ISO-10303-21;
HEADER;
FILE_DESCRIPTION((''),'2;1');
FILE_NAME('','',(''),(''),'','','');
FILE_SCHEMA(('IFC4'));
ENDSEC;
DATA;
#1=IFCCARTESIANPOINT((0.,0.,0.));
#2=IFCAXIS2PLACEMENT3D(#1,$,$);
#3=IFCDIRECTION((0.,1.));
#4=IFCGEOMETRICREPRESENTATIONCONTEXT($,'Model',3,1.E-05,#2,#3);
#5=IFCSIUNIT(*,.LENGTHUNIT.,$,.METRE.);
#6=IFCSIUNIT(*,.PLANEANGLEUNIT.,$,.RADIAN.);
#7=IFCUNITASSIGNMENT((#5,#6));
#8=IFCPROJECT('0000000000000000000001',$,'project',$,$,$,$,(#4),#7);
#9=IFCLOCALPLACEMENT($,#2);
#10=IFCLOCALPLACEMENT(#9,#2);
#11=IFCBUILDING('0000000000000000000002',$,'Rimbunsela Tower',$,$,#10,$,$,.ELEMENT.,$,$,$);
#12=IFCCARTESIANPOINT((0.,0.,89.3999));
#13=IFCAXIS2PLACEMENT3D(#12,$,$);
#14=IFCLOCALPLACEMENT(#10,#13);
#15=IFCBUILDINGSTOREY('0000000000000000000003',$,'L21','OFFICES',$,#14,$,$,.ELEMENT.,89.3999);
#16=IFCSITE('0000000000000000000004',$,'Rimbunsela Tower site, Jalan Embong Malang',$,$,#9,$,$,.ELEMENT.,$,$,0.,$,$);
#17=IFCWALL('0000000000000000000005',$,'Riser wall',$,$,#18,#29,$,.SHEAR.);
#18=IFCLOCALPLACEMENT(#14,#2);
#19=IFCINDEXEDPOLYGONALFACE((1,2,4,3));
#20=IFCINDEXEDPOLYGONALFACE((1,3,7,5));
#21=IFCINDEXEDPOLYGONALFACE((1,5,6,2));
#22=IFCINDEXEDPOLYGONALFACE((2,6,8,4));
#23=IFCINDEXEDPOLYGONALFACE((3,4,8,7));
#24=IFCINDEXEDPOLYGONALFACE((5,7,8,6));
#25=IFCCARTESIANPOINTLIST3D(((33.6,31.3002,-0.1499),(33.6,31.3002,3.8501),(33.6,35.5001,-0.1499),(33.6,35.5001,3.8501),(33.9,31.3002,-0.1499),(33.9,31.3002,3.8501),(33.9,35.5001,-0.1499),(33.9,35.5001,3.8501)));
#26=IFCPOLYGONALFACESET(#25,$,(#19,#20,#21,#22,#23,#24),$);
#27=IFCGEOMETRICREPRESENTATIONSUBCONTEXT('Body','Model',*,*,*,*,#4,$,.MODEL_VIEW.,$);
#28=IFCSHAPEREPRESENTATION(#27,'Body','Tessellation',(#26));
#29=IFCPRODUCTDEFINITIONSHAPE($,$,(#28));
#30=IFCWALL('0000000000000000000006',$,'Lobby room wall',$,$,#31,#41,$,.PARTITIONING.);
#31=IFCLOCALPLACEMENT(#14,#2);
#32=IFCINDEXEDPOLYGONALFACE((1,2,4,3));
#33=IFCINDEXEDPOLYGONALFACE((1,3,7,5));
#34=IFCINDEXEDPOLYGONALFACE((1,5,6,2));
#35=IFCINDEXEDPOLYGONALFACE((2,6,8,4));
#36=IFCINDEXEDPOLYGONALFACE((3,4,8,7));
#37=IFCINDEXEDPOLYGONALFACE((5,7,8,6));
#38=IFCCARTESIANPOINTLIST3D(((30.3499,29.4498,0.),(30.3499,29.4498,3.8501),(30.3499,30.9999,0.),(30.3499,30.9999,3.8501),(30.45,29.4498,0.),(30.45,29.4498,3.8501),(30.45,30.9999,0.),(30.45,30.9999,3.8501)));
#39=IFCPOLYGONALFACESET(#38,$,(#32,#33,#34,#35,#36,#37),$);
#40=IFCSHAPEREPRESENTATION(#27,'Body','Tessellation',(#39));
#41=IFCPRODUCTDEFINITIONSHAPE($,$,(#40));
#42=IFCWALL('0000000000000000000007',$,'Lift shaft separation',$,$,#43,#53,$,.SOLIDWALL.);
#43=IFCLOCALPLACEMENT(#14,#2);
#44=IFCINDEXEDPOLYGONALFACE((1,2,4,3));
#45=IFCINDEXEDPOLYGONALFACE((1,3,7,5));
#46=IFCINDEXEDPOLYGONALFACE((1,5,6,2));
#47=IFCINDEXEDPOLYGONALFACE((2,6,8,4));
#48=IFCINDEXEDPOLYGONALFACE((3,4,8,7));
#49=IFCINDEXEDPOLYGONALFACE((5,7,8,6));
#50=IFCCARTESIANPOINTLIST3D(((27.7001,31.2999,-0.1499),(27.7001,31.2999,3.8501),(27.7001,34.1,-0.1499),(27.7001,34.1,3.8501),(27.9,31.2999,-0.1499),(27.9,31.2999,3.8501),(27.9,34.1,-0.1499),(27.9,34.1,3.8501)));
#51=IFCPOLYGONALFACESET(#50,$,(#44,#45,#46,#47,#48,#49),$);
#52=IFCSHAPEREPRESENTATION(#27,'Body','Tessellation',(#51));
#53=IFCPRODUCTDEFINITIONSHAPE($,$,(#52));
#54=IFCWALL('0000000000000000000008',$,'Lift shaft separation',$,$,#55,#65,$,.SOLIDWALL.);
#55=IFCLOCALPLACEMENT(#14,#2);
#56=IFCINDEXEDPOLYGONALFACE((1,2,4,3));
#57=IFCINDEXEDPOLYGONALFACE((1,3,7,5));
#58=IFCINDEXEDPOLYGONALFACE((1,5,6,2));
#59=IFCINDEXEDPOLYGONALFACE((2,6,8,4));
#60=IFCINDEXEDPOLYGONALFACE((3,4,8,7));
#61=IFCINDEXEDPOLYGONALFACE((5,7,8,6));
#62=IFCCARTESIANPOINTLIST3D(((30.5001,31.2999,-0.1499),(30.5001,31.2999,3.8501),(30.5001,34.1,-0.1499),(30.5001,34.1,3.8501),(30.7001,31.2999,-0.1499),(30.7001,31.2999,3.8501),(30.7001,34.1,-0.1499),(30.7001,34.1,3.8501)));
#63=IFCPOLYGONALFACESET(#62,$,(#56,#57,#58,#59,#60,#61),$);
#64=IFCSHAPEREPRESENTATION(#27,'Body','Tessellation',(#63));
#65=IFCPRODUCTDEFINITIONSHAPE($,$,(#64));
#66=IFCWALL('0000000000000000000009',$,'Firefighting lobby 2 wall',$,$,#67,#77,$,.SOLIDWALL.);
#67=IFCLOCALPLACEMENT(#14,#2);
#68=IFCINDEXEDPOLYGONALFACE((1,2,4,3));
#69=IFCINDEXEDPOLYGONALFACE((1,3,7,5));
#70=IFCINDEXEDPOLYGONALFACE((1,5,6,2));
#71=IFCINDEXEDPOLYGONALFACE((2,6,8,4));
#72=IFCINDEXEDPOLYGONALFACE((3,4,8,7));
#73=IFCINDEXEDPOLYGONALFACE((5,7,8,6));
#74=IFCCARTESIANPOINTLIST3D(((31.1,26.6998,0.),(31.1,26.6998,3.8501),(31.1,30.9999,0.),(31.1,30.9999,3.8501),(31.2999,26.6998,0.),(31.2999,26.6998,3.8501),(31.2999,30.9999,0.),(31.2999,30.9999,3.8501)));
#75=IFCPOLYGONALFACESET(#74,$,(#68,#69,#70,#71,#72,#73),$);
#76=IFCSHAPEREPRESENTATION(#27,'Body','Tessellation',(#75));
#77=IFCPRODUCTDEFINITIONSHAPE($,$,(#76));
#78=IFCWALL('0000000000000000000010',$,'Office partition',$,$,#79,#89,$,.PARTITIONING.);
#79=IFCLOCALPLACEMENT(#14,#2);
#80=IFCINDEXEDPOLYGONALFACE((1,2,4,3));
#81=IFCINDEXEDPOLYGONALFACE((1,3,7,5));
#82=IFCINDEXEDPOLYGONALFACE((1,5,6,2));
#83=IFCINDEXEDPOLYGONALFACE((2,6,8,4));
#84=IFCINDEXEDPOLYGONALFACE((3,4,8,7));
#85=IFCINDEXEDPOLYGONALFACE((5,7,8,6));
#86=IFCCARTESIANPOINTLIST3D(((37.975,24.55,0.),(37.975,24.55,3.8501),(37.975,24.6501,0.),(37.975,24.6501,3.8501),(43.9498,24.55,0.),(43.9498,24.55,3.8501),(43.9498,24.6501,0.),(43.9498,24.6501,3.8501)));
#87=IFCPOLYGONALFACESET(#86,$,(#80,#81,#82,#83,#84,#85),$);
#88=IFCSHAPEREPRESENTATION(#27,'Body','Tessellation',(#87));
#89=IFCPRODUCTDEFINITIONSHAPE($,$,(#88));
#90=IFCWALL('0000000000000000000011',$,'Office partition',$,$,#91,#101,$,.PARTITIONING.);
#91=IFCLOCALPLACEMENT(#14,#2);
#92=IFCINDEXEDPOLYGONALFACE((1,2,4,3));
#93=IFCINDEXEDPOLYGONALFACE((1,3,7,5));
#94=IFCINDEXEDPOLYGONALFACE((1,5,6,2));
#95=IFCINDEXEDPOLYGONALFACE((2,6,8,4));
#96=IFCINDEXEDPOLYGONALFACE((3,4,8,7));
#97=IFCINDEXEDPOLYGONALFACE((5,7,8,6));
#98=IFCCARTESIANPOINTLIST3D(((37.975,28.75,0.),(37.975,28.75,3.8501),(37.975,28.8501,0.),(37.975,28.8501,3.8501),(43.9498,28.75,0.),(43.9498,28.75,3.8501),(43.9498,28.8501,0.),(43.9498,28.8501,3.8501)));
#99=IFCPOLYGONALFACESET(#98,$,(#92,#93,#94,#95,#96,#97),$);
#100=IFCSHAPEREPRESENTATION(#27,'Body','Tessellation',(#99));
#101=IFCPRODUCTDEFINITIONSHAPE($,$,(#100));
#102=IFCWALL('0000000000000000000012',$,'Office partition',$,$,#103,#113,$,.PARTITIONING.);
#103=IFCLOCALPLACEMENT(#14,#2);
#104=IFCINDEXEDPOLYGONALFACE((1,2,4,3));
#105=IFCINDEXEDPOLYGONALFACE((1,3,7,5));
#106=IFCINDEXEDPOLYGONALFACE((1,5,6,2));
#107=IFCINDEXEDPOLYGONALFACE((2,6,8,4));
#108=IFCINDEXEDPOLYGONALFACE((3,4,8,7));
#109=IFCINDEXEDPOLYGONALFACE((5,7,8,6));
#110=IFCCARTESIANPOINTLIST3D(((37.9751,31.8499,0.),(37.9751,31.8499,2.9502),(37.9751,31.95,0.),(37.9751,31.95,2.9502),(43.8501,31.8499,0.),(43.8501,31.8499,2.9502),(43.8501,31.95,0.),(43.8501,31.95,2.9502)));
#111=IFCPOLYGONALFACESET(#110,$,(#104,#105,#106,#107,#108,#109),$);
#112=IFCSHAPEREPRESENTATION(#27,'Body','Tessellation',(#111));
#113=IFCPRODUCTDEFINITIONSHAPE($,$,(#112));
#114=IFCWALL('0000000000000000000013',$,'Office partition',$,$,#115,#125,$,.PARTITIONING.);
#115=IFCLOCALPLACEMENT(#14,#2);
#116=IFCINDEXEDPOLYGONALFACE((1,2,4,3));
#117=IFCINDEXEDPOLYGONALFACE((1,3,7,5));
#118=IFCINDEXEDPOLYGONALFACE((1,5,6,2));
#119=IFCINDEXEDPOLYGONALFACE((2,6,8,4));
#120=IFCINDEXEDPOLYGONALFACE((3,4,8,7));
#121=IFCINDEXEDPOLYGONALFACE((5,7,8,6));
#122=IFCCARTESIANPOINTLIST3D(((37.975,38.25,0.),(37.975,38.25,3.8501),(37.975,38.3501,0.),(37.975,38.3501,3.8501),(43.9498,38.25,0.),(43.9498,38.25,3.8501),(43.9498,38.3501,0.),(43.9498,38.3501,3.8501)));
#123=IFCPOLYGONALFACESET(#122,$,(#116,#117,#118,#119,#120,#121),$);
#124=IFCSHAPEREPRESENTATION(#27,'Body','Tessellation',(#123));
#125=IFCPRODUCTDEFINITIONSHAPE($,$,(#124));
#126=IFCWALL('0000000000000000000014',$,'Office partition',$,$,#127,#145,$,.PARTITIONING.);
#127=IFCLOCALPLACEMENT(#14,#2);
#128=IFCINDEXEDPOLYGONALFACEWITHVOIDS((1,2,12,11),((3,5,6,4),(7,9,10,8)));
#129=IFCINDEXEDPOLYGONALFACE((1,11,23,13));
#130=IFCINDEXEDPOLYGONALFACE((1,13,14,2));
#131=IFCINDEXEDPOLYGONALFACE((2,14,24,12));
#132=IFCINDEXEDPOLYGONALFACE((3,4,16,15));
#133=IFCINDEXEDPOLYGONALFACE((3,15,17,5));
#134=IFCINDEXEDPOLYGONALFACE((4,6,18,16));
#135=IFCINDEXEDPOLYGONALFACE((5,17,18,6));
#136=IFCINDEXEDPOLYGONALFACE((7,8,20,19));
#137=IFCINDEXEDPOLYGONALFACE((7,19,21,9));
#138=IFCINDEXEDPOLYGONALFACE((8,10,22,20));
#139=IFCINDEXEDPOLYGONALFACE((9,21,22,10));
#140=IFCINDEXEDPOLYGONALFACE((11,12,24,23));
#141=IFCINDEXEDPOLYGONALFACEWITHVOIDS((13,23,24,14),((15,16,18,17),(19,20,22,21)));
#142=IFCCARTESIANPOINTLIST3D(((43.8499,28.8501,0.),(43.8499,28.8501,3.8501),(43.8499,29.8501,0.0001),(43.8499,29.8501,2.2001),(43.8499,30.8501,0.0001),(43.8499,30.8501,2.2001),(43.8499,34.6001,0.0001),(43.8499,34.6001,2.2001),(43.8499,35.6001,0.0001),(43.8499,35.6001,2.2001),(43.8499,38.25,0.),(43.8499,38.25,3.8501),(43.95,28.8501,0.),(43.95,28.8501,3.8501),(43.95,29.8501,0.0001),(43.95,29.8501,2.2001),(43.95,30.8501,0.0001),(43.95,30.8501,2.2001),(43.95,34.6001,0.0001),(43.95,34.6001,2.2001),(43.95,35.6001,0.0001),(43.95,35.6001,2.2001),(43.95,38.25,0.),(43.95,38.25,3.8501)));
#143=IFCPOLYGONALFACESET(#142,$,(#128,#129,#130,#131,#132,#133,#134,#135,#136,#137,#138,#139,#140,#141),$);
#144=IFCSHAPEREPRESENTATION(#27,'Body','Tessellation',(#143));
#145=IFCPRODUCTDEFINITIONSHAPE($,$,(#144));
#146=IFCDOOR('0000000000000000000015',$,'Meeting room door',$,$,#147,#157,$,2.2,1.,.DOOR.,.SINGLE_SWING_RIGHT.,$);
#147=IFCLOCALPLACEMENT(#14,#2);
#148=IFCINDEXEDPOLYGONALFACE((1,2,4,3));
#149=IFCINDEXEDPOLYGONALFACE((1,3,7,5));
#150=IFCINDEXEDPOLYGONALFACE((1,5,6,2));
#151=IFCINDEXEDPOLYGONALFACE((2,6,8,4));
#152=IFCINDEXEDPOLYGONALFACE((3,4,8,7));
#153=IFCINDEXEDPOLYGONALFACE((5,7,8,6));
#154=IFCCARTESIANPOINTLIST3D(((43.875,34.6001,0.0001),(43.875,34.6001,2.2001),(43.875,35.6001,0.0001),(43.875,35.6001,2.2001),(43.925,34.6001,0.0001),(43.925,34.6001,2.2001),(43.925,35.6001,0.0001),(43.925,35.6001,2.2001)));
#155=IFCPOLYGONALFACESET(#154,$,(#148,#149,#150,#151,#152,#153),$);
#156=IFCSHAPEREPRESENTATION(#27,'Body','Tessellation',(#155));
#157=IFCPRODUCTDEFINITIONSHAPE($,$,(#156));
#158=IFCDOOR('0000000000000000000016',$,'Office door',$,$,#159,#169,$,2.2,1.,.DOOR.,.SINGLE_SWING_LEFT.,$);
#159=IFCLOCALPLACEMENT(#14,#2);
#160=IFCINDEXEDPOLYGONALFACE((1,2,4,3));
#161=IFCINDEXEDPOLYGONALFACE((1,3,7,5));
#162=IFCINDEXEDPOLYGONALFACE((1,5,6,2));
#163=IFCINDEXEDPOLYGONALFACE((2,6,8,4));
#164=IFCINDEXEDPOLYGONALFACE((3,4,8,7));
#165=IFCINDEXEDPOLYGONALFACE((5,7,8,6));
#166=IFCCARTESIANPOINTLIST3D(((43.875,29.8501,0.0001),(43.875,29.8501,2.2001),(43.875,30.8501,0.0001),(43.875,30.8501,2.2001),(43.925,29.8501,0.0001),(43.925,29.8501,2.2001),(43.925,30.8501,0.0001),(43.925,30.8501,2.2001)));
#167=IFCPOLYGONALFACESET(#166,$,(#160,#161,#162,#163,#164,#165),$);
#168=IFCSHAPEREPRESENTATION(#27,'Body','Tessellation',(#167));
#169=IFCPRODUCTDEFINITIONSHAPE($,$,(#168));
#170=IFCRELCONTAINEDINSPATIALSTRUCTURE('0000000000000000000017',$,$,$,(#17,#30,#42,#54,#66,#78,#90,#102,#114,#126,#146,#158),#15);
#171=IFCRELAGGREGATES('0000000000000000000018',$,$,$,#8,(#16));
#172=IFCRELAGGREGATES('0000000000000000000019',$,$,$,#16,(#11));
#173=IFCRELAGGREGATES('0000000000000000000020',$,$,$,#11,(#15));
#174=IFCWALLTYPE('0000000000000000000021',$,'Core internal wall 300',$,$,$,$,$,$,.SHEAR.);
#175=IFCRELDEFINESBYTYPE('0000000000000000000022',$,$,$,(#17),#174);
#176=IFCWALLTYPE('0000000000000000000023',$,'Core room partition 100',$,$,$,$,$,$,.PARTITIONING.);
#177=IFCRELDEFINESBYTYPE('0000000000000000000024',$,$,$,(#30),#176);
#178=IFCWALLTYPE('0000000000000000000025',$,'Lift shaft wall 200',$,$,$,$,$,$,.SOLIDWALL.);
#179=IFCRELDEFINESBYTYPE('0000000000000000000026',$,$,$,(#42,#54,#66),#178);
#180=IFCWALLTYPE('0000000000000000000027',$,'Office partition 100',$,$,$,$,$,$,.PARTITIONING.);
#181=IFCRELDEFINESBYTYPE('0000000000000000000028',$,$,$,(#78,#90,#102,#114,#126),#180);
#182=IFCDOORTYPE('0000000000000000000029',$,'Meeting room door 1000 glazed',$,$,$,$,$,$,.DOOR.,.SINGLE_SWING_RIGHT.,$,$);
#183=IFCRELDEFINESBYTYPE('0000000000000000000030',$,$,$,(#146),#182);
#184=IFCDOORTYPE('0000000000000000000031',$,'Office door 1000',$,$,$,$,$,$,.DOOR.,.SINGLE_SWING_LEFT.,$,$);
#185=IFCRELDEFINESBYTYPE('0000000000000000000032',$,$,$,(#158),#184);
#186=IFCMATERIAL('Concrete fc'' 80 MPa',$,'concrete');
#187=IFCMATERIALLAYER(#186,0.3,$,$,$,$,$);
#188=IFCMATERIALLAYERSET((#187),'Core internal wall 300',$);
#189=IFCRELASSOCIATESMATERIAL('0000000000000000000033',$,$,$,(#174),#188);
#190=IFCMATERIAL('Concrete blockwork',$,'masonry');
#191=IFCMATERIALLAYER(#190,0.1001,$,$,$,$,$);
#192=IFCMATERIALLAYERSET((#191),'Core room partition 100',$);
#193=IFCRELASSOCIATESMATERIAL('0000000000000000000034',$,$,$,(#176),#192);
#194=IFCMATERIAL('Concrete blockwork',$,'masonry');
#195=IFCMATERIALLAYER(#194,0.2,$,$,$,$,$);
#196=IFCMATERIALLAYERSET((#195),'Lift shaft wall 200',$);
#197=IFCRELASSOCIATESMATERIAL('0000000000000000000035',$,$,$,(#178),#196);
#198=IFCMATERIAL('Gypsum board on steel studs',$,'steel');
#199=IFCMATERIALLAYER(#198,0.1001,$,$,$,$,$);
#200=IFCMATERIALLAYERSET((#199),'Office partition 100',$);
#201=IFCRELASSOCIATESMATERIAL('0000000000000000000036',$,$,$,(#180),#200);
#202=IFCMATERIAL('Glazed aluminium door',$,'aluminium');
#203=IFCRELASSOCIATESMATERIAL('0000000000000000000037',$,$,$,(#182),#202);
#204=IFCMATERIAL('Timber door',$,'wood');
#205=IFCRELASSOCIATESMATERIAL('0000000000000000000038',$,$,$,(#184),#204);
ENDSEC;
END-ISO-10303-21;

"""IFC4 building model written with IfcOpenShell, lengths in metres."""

from ifc_helpers import new_model, si_unit, direction, frame, frame_2d, origin, place, context, subcontext, project, spatial, rectangle, extrude, material, layer, layer_set, type_object, element, fill, save


model = new_model("IFC4")

# Units and contexts
model_context = context("Model", 3, precision=1e-05, world=origin(), true_north=direction((0.0, 1.0)))
body_context = subcontext(model_context, "Body", "Model", "MODEL_VIEW")
ifc_project = project(units=[si_unit("LENGTHUNIT", "METRE"), si_unit("PLANEANGLEUNIT", "RADIAN")], contexts=[model_context])

# Site, building, storey
site_placement = place(None, origin())
site = spatial("IfcSite", under=ifc_project, at=site_placement, Name="Rimbunsela Tower site, Jalan Embong Malang", CompositionType="ELEMENT", RefElevation=0.0)
building_placement = place(site_placement, origin())
building = spatial("IfcBuilding", under=site, at=building_placement, Name="Rimbunsela Tower", CompositionType="ELEMENT")
storey_placement = place(building_placement, frame((0.0, 0.0, 89.3999)))
storey = spatial("IfcBuildingStorey", under=building, at=storey_placement, Name="L21", Description="OFFICES", CompositionType="ELEMENT", Elevation=89.3999)

# Walls
ifc_material_1 = material(Name="Concrete fc' 80 MPa", Category="concrete")
ifc_layer_1 = layer(ifc_material_1, 0.3)
ifc_layer_set_1 = layer_set([ifc_layer_1], Name="Core internal wall 300")
wall_type_1 = type_object("IfcWallType", Name="Core internal wall 300", PredefinedType="SHEAR", material=ifc_layer_set_1)
wall_1_placement = place(storey_placement, frame((33.75, 31.3, -0.1499), z_axis=(0.0, 0.0, 1.0), x_axis=(0.0, 1.0, 0.0)))
element("IfcWall", 1, at=wall_1_placement, inside=storey, type_object=wall_type_1, Name="Riser wall", PredefinedType="SHEAR", context=body_context, shape_type="SweptSolid", body=[
    extrude(rectangle(XDim=4.2, YDim=0.3, at=frame_2d((2.1001, 0.0))), origin(), (0.0, 0.0, 1.0), 4.0),
])
ifc_material_2 = material(Name="Concrete blockwork", Category="masonry")
ifc_layer_2 = layer(ifc_material_2, 0.1001)
ifc_layer_set_2 = layer_set([ifc_layer_2], Name="Core room partition 100")
wall_type_2 = type_object("IfcWallType", Name="Core room partition 100", PredefinedType="PARTITIONING", material=ifc_layer_set_2)
wall_2_placement = place(storey_placement, frame((30.3999, 29.45, 0.0), z_axis=(0.0, 0.0, 1.0), x_axis=(0.0, 1.0, 0.0)))
element("IfcWall", 2, at=wall_2_placement, inside=storey, type_object=wall_type_2, Name="Lobby room wall", PredefinedType="PARTITIONING", context=body_context, shape_type="SweptSolid", body=[
    extrude(rectangle(XDim=1.55, YDim=0.1001, at=frame_2d((0.7749, 0.0))), origin(), (0.0, 0.0, 1.0), 3.8501),
])
ifc_material_3 = material(Name="Concrete blockwork", Category="masonry")
ifc_layer_3 = layer(ifc_material_3, 0.2)
ifc_layer_set_3 = layer_set([ifc_layer_3], Name="Lift shaft wall 200")
wall_type_3 = type_object("IfcWallType", Name="Lift shaft wall 200", PredefinedType="SOLIDWALL", material=ifc_layer_set_3)
for number, where, z_axis, x_axis, name in (
    (3, (27.8, 31.3, -0.1499), (0.0, 0.0, 1.0), (0.0, 1.0, 0.0), "Lift shaft separation"),
    (4, (30.6001, 31.3, -0.1499), (0.0, 0.0, 1.0), (0.0, 1.0, 0.0), "Lift shaft separation"),
):
    element("IfcWall", number, at=place(storey_placement, frame(where, z_axis=z_axis, x_axis=x_axis)), inside=storey, type_object=wall_type_3, Name=name, PredefinedType="SOLIDWALL", context=body_context, shape_type="SweptSolid", body=[
        extrude(rectangle(XDim=2.8, YDim=0.2, at=frame_2d((1.3999, 0.0))), origin(), (0.0, 0.0, 1.0), 4.0),
    ])
wall_3_placement = place(storey_placement, frame((31.2, 26.7, 0.0), z_axis=(0.0, 0.0, 1.0), x_axis=(0.0, 1.0, 0.0)))
element("IfcWall", 5, at=wall_3_placement, inside=storey, type_object=wall_type_3, Name="Firefighting lobby 2 wall", PredefinedType="SOLIDWALL", context=body_context, shape_type="SweptSolid", body=[
    extrude(rectangle(XDim=4.3, YDim=0.2, at=frame_2d((2.1499, 0.0))), origin(), (0.0, 0.0, 1.0), 3.8501),
])
ifc_material_4 = material(Name="Gypsum board on steel studs", Category="steel")
ifc_layer_4 = layer(ifc_material_4, 0.1001)
ifc_layer_set_4 = layer_set([ifc_layer_4], Name="Office partition 100")
wall_type_4 = type_object("IfcWallType", Name="Office partition 100", PredefinedType="PARTITIONING", material=ifc_layer_set_4)
for number, where, z_axis, x_axis, name in (
    (6, (37.9751, 24.6001, 0.0), (0.0, 0.0, 1.0), (1.0, 0.0, 0.0), "Office partition"),
    (7, (37.9751, 28.8, 0.0), (0.0, 0.0, 1.0), (1.0, 0.0, 0.0), "Office partition"),
):
    element("IfcWall", number, at=place(storey_placement, frame(where, z_axis=z_axis, x_axis=x_axis)), inside=storey, type_object=wall_type_4, Name=name, PredefinedType="PARTITIONING", context=body_context, shape_type="SweptSolid", body=[
        extrude(rectangle(XDim=5.9749, YDim=0.1001, at=frame_2d((2.9873, 0.0))), origin(), (0.0, 0.0, 1.0), 3.8501),
    ])
wall_4_placement = place(storey_placement, frame((37.9751, 31.8999, 0.0), z_axis=(0.0, 0.0, 1.0), x_axis=(1.0, 0.0, 0.0)))
element("IfcWall", 8, at=wall_4_placement, inside=storey, type_object=wall_type_4, Name="Office partition", PredefinedType="PARTITIONING", context=body_context, shape_type="SweptSolid", body=[
    extrude(rectangle(XDim=5.875, YDim=0.1001, at=frame_2d((2.9375, 0.0))), origin(), (0.0, 0.0, 1.0), 2.9502),
])
wall_5_placement = place(storey_placement, frame((37.9751, 38.3, 0.0), z_axis=(0.0, 0.0, 1.0), x_axis=(1.0, 0.0, 0.0)))
element("IfcWall", 9, at=wall_5_placement, inside=storey, type_object=wall_type_4, Name="Office partition", PredefinedType="PARTITIONING", context=body_context, shape_type="SweptSolid", body=[
    extrude(rectangle(XDim=5.9749, YDim=0.1001, at=frame_2d((2.9873, 0.0))), origin(), (0.0, 0.0, 1.0), 3.8501),
])

# Wall, openings, doors
wall_6_placement = place(storey_placement, frame((43.8999, 28.8501, 0.0), z_axis=(0.0, 0.0, 1.0), x_axis=(0.0, 1.0, 0.0)))
wall_6 = element("IfcWall", 10, at=wall_6_placement, inside=storey, type_object=wall_type_4, Name="Office partition", PredefinedType="PARTITIONING", context=body_context, shape_type="SweptSolid", body=[
    extrude(rectangle(XDim=9.3999, YDim=0.1001, at=frame_2d((4.7, 0.0))), origin(), (0.0, 0.0, 1.0), 3.8501),
])
opening_1_placement = place(wall_6_placement, frame((1.0, 0.0, 0.0)))
opening_1 = element("IfcOpeningElement", 11, at=opening_1_placement, cuts=wall_6, PredefinedType="OPENING", context=body_context, shape_type="SweptSolid", body=[
    extrude(rectangle(XDim=1.0, YDim=2.2, at=frame_2d((0.5, 1.1001))), frame((0.0, 0.0601, 0.0), z_axis=(0.0, -1.0, 0.0), x_axis=(1.0, 0.0, 0.0)), (0.0, 0.0, 1.0), 0.1201),
])
opening_2_placement = place(wall_6_placement, frame((5.75, 0.0, 0.0)))
opening_2 = element("IfcOpeningElement", 12, at=opening_2_placement, cuts=wall_6, PredefinedType="OPENING", context=body_context, shape_type="SweptSolid", body=[
    extrude(rectangle(XDim=1.0, YDim=2.2, at=frame_2d((0.5, 1.1001))), frame((0.0, 0.0601, 0.0), z_axis=(0.0, -1.0, 0.0), x_axis=(1.0, 0.0, 0.0)), (0.0, 0.0, 1.0), 0.1201),
])
ifc_material_5 = material(Name="Glazed aluminium door", Category="aluminium")
door_type_1 = type_object("IfcDoorType", Name="Meeting room door 1000 glazed", OperationType="SINGLE_SWING_RIGHT", PredefinedType="DOOR", material=ifc_material_5)
door_1_placement = place(opening_2_placement, origin())
door_1 = element("IfcDoor", 13, at=door_1_placement, inside=storey, type_object=door_type_1, Name="Meeting room door", OperationType="SINGLE_SWING_RIGHT", OverallHeight=2.2, OverallWidth=1.0, PredefinedType="DOOR", context=body_context, shape_type="SweptSolid", body=[
    extrude(rectangle(XDim=1.0, YDim=2.2, at=frame_2d((0.5, 1.1001))), frame((0.0, 0.0249, 0.0), z_axis=(0.0, -1.0, 0.0), x_axis=(1.0, 0.0, 0.0)), (0.0, 0.0, 1.0), 0.05),
])
fill(opening_2, door_1)
ifc_material_6 = material(Name="Timber door", Category="wood")
door_type_2 = type_object("IfcDoorType", Name="Office door 1000", OperationType="SINGLE_SWING_LEFT", PredefinedType="DOOR", material=ifc_material_6)
door_2_placement = place(opening_1_placement, origin())
door_2 = element("IfcDoor", 14, at=door_2_placement, inside=storey, type_object=door_type_2, Name="Office door", OperationType="SINGLE_SWING_LEFT", OverallHeight=2.2, OverallWidth=1.0, PredefinedType="DOOR", context=body_context, shape_type="SweptSolid", body=[
    extrude(rectangle(XDim=1.0, YDim=2.2, at=frame_2d((0.5, 1.1001))), frame((0.0, 0.0249, 0.0), z_axis=(0.0, -1.0, 0.0), x_axis=(1.0, 0.0, 0.0)), (0.0, 0.0, 1.0), 0.05),
])
fill(opening_1, door_2)

save(model, "model.ifc")
